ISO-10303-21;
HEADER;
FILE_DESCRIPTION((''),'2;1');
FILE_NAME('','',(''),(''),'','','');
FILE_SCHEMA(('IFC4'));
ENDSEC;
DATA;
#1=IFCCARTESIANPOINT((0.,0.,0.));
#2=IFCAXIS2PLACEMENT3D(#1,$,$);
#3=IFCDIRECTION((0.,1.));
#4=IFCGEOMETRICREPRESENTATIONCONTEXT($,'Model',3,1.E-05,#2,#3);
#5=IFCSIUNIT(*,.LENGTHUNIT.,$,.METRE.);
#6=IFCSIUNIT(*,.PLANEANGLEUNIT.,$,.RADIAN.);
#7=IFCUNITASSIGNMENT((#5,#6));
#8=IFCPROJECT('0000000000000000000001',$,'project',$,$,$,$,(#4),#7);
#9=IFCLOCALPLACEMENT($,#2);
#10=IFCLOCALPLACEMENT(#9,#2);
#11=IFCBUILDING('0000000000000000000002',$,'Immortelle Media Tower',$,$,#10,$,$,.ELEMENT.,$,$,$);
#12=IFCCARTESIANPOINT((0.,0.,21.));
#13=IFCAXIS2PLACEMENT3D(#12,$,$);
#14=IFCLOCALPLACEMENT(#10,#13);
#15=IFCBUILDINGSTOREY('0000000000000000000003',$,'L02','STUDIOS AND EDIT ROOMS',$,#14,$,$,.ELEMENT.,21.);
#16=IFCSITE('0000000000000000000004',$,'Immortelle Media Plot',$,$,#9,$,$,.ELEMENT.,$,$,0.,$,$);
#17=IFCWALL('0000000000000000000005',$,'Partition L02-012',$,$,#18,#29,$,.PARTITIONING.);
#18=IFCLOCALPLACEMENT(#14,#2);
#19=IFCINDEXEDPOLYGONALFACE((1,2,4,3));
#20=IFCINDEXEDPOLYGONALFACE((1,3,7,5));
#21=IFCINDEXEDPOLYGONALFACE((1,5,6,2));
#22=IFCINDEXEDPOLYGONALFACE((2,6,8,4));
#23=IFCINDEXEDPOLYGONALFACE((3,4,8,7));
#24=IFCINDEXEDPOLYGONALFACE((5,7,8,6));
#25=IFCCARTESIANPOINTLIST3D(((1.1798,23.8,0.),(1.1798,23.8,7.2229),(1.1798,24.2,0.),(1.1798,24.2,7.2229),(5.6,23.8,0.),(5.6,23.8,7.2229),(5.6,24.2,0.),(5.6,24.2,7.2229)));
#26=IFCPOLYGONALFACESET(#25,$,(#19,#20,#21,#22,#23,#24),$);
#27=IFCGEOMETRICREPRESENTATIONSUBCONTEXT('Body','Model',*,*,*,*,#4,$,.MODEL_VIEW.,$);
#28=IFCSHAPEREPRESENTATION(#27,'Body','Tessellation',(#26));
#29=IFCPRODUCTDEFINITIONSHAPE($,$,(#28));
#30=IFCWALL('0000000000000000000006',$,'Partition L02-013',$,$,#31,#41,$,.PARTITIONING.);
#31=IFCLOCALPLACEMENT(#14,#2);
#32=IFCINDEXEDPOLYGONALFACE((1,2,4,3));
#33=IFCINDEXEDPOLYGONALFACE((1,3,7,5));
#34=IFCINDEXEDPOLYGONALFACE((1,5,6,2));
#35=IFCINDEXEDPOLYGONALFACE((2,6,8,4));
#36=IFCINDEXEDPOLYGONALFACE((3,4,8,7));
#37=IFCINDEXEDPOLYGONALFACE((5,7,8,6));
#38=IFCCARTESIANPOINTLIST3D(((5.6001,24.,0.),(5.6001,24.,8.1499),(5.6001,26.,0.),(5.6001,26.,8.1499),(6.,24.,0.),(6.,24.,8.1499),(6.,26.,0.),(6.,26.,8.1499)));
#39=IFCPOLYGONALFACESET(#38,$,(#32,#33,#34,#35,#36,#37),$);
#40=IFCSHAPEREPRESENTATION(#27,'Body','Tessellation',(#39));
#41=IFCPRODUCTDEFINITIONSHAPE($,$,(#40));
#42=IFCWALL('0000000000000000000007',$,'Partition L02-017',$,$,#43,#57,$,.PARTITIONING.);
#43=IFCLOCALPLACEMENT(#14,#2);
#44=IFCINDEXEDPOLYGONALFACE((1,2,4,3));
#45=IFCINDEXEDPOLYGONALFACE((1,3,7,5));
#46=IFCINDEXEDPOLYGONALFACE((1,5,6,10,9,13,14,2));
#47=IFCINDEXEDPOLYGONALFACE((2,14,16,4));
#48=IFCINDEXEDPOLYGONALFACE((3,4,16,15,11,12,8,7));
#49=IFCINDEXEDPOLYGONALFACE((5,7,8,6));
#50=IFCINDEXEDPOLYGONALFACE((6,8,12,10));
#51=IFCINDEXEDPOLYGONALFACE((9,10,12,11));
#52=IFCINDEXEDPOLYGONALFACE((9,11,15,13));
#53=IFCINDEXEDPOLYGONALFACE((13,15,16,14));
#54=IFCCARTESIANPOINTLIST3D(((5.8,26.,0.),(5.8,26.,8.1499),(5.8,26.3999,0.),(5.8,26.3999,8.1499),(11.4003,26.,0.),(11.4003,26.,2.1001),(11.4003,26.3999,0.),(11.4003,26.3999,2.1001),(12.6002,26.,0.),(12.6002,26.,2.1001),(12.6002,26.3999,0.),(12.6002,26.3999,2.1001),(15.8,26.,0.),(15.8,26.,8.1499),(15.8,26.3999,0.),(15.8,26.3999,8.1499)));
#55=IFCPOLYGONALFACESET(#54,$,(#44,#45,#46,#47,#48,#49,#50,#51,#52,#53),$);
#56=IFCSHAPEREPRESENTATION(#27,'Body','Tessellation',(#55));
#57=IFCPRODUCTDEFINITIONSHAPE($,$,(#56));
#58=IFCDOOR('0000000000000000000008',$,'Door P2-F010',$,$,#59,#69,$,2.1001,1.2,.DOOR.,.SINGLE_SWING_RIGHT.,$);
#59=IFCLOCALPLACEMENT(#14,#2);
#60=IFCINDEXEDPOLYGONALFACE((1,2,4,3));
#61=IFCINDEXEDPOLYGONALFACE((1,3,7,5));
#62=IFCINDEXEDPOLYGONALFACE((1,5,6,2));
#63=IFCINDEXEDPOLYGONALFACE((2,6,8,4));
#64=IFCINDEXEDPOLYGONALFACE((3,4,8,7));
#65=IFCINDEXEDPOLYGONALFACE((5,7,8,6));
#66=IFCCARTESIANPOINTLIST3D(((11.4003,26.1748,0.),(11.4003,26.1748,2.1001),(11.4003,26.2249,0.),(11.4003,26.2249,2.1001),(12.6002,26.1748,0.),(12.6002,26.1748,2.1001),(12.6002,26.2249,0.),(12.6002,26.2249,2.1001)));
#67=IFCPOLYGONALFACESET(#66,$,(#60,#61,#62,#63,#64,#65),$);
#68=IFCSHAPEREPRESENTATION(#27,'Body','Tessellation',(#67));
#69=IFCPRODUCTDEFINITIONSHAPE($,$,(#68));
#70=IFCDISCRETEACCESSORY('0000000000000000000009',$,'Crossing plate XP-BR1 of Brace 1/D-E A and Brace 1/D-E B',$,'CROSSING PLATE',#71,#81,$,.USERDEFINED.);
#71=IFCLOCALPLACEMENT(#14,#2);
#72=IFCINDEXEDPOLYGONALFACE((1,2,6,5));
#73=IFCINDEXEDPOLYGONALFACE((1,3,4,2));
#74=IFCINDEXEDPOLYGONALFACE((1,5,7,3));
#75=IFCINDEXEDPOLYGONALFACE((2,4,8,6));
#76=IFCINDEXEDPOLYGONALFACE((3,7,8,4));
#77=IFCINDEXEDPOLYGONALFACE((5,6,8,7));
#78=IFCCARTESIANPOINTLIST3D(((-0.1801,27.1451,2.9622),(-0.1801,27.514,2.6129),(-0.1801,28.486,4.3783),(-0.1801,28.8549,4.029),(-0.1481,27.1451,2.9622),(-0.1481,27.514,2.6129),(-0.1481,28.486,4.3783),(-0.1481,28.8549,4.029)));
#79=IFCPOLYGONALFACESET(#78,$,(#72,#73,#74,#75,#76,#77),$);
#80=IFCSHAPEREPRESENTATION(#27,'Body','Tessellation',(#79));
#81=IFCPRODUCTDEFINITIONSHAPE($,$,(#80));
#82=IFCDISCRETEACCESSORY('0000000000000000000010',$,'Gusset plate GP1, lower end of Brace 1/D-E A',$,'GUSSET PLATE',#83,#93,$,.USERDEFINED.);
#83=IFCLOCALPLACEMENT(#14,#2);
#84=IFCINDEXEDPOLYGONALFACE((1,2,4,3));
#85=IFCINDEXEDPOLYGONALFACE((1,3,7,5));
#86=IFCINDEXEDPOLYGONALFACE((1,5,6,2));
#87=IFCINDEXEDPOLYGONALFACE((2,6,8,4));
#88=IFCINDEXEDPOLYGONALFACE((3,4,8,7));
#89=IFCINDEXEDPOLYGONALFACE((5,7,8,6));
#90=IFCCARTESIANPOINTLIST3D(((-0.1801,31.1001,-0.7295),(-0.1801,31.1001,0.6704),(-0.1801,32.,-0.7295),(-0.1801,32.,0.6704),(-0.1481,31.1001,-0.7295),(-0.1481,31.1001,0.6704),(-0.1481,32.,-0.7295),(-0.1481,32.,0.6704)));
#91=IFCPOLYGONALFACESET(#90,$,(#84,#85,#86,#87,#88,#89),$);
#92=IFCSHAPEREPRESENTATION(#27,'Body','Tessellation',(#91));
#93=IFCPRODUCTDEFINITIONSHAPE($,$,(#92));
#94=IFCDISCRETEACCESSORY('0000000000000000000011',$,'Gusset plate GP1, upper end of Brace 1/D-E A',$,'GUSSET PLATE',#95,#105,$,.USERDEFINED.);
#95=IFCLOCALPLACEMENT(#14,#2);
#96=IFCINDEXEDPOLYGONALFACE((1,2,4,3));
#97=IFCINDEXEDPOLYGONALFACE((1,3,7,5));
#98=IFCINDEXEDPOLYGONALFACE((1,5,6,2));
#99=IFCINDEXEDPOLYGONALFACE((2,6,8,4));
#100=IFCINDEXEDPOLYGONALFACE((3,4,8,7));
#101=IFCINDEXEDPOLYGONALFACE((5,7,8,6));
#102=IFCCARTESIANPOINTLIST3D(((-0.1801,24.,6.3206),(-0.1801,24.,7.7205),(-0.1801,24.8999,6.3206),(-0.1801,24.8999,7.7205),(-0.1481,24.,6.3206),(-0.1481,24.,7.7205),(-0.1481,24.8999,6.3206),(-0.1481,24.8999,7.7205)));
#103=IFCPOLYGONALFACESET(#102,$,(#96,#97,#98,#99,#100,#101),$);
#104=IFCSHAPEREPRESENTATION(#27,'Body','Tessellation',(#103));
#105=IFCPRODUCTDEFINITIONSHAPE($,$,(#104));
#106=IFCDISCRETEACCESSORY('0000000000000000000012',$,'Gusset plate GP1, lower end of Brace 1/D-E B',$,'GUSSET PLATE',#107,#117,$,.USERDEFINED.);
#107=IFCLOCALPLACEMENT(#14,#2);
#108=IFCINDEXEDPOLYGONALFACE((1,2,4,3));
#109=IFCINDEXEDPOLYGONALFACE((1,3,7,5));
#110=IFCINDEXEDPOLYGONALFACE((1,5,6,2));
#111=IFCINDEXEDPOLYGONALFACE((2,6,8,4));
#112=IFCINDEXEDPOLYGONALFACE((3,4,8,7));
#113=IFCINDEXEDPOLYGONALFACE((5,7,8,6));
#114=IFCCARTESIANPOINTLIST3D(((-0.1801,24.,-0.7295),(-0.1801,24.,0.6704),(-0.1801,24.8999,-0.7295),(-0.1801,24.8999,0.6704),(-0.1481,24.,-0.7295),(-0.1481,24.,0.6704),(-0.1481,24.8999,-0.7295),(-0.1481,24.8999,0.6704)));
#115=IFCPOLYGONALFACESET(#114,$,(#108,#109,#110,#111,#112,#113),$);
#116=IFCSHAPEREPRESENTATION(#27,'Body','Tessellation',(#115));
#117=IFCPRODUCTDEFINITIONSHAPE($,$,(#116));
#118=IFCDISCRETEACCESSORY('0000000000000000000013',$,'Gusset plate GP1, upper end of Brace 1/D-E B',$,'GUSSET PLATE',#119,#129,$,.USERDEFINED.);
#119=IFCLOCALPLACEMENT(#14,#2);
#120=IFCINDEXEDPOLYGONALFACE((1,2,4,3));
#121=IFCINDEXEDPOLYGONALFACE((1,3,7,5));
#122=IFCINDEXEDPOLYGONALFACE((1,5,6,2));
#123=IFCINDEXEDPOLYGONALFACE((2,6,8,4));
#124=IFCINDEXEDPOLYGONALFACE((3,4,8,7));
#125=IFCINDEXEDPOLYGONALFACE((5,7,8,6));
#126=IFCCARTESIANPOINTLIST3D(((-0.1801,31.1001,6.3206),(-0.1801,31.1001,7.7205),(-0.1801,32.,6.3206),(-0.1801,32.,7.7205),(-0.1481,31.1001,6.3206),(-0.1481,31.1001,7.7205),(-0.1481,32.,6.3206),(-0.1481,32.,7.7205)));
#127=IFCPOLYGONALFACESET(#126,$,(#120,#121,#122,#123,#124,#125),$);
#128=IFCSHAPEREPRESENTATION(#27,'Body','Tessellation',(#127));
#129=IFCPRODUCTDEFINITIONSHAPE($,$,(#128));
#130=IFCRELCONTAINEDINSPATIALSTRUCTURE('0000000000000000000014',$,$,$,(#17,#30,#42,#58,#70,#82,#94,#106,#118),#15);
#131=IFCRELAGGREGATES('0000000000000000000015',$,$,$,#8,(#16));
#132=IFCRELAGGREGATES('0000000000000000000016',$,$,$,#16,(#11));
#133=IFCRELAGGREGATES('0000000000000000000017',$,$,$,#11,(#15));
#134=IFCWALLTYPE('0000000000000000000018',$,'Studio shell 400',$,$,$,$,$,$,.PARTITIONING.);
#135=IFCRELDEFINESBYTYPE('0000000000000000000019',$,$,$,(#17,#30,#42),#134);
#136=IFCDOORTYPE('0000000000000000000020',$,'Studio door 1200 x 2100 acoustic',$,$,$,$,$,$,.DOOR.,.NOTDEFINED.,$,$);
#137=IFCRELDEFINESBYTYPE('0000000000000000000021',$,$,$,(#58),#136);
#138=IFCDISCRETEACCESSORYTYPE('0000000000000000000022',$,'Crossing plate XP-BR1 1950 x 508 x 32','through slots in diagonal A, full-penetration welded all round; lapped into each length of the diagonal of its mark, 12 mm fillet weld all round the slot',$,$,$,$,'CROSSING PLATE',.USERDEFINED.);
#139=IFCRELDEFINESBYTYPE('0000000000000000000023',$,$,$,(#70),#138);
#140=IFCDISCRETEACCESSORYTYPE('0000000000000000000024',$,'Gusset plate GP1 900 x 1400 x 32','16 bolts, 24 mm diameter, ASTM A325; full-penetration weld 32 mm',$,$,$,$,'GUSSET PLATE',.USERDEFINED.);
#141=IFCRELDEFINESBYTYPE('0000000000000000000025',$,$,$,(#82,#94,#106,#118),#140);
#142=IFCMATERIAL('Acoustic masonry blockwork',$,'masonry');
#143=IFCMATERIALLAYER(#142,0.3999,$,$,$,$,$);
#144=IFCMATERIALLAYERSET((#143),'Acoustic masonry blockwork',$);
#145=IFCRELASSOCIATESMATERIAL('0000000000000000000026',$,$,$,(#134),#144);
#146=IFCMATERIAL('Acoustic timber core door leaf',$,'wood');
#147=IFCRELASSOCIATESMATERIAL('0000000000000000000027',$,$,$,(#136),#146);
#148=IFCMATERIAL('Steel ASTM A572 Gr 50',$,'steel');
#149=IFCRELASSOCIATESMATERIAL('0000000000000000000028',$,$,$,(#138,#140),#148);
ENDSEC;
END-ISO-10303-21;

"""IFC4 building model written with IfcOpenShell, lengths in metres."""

from ifc_helpers import new_model, si_unit, direction, frame, frame_2d, origin, origin_2d, place, context, subcontext, project, spatial, rectangle, extrude, material, layer, layer_set, material_profile, profile_set, type_object, element, fill, save


model = new_model("IFC4")

# Units and contexts
model_context = context("Model", 3, precision=1e-05, world=origin(), true_north=direction((0.0, 1.0)))
body_context = subcontext(model_context, "Body", "Model", "MODEL_VIEW")
ifc_project = project(units=[si_unit("LENGTHUNIT", "METRE"), si_unit("PLANEANGLEUNIT", "RADIAN")], contexts=[model_context])

# Site, building, storey
site_placement = place(None, origin())
site = spatial("IfcSite", under=ifc_project, at=site_placement, Name="Immortelle Media Plot", CompositionType="ELEMENT", RefElevation=0.0)
building_placement = place(site_placement, origin())
building = spatial("IfcBuilding", under=site, at=building_placement, Name="Immortelle Media Tower", CompositionType="ELEMENT")
storey_placement = place(building_placement, frame((0.0, 0.0, 21.0)))
storey = spatial("IfcBuildingStorey", under=building, at=storey_placement, Name="L02", Description="STUDIOS AND EDIT ROOMS", CompositionType="ELEMENT", Elevation=21.0)

# Walls
ifc_material_1 = material(Name="Acoustic masonry blockwork", Category="masonry")
ifc_layer_1 = layer(ifc_material_1, 0.3999)
ifc_layer_set_1 = layer_set([ifc_layer_1], Name="Acoustic masonry blockwork")
wall_type_1 = type_object("IfcWallType", Name="Studio shell 400", PredefinedType="PARTITIONING", material=ifc_layer_set_1)
wall_1_placement = place(storey_placement, frame((1.1799, 24.0, 0.0), z_axis=(0.0, 0.0, 1.0), x_axis=(1.0, 0.0, 0.0)))
element("IfcWall", 1, at=wall_1_placement, inside=storey, type_object=wall_type_1, Name="Partition L02-012", PredefinedType="PARTITIONING", context=body_context, shape_type="SweptSolid", body=[
    extrude(rectangle(XDim=4.4202, YDim=0.3999, at=frame_2d((2.21, 0.0))), origin(), (0.0, 0.0, 1.0), 7.2229),
])
wall_2_placement = place(storey_placement, frame((5.8, 24.0, 0.0), z_axis=(0.0, 0.0, 1.0), x_axis=(0.0, 1.0, 0.0)))
element("IfcWall", 2, at=wall_2_placement, inside=storey, type_object=wall_type_1, Name="Partition L02-013", PredefinedType="PARTITIONING", context=body_context, shape_type="SweptSolid", body=[
    extrude(rectangle(XDim=2.0, YDim=0.3999, at=frame_2d((1.0, 0.0))), origin(), (0.0, 0.0, 1.0), 8.1499),
])

# Wall, opening, door
wall_3_placement = place(storey_placement, frame((5.8, 26.2, 0.0), z_axis=(0.0, 0.0, 1.0), x_axis=(1.0, 0.0, 0.0)))
wall_3 = element("IfcWall", 3, at=wall_3_placement, inside=storey, type_object=wall_type_1, Name="Partition L02-017", PredefinedType="PARTITIONING", context=body_context, shape_type="SweptSolid", body=[
    extrude(rectangle(XDim=10.0, YDim=0.3999, at=frame_2d((5.0, 0.0))), origin(), (0.0, 0.0, 1.0), 8.1499),
])
opening_placement = place(wall_3_placement, frame((5.6001, 0.0, 0.0)))
opening = element("IfcOpeningElement", 4, at=opening_placement, cuts=wall_3, PredefinedType="OPENING", context=body_context, shape_type="SweptSolid", body=[
    extrude(rectangle(XDim=1.2, YDim=2.1001, at=frame_2d((0.6001, 1.05))), frame((0.0, 0.21, 0.0), z_axis=(0.0, -1.0, 0.0), x_axis=(1.0, 0.0, 0.0)), (0.0, 0.0, 1.0), 0.4199),
])
ifc_material_2 = material(Name="Acoustic timber core door leaf", Category="wood")
door_type = type_object("IfcDoorType", Name="Studio door 1200 x 2100 acoustic", OperationType="NOTDEFINED", PredefinedType="DOOR", material=ifc_material_2)
door_placement = place(opening_placement, origin())
door = element("IfcDoor", 5, at=door_placement, inside=storey, type_object=door_type, Name="Door P2-F010", OperationType="SINGLE_SWING_RIGHT", OverallHeight=2.1001, OverallWidth=1.2, PredefinedType="DOOR", context=body_context, shape_type="SweptSolid", body=[
    extrude(rectangle(XDim=1.2, YDim=2.1001, at=frame_2d((0.6001, 1.05))), frame((0.0, 0.0249, 0.0), z_axis=(0.0, -1.0, 0.0), x_axis=(1.0, 0.0, 0.0)), (0.0, 0.0, 1.0), 0.05),
])
fill(opening, door)

# Discrete accessories
ifc_material_3 = material(Name="Steel ASTM A572 Gr 50", Category="steel")
ifc_material_profile_1 = material_profile(ifc_material_3, rectangle(XDim=0.032, YDim=0.5081, at=origin_2d()), Name="PL 32 x 508")
ifc_profile_set_1 = profile_set([ifc_material_profile_1], Name="Steel ASTM A572 Gr 50")
discrete_accessory_type_1 = type_object("IfcDiscreteAccessoryType", Name="Crossing plate XP-BR1 1950 x 508 x 32", Description="through slots in diagonal A, full-penetration welded all round; lapped into each length of the diagonal of its mark, 12 mm fillet weld all round the slot", ElementType="CROSSING PLATE", PredefinedType="USERDEFINED", material=ifc_profile_set_1)
discrete_accessory_placement = place(storey_placement, frame((-0.1641, 28.6704, 4.2036), z_axis=(0.0, -0.687564, -0.726124), x_axis=(1.0, 0.0, 0.0)))
element("IfcDiscreteAccessory", 6, at=discrete_accessory_placement, inside=storey, type_object=discrete_accessory_type_1, Name="Crossing plate XP-BR1 of Brace 1/D-E A and Brace 1/D-E B", ObjectType="CROSSING PLATE", PredefinedType="USERDEFINED", context=body_context, shape_type="SweptSolid", body=[
    extrude(rectangle(XDim=0.032, YDim=0.5081, at=origin_2d()), origin(), (0.0, 0.0, 1.0), 1.9502),
])
ifc_material_profile_2 = material_profile(ifc_material_3, rectangle(XDim=0.032, YDim=1.3999, at=origin_2d()), Name="PL 32 x 1400")
ifc_profile_set_2 = profile_set([ifc_material_profile_2], Name="Steel ASTM A572 Gr 50")
discrete_accessory_type_2 = type_object("IfcDiscreteAccessoryType", Name="Gusset plate GP1 900 x 1400 x 32", Description="16 bolts, 24 mm diameter, ASTM A325; full-penetration weld 32 mm", ElementType="GUSSET PLATE", PredefinedType="USERDEFINED", material=ifc_profile_set_2)
for number, where, z_axis, x_axis, name in (
    (7, (-0.1641, 32.0, -0.0295), (0.0, -1.0, 0.0), (1.0, 0.0, 0.0), "Gusset plate GP1, lower end of Brace 1/D-E A"),
    (8, (-0.1641, 24.0, 7.0205), (0.0, 1.0, 0.0), (-1.0, 0.0, 0.0), "Gusset plate GP1, upper end of Brace 1/D-E A"),
    (9, (-0.1641, 24.0, -0.0295), (0.0, 1.0, 0.0), (-1.0, 0.0, 0.0), "Gusset plate GP1, lower end of Brace 1/D-E B"),
    (10, (-0.1641, 32.0, 7.0205), (0.0, -1.0, 0.0), (1.0, 0.0, 0.0), "Gusset plate GP1, upper end of Brace 1/D-E B"),
):
    element("IfcDiscreteAccessory", number, at=place(storey_placement, frame(where, z_axis=z_axis, x_axis=x_axis)), inside=storey, type_object=discrete_accessory_type_2, Name=name, ObjectType="GUSSET PLATE", PredefinedType="USERDEFINED", context=body_context, shape_type="SweptSolid", body=[
        extrude(rectangle(XDim=0.032, YDim=1.3999, at=origin_2d()), origin(), (0.0, 0.0, 1.0), 0.8999),
    ])

save(model, "model.ifc")
